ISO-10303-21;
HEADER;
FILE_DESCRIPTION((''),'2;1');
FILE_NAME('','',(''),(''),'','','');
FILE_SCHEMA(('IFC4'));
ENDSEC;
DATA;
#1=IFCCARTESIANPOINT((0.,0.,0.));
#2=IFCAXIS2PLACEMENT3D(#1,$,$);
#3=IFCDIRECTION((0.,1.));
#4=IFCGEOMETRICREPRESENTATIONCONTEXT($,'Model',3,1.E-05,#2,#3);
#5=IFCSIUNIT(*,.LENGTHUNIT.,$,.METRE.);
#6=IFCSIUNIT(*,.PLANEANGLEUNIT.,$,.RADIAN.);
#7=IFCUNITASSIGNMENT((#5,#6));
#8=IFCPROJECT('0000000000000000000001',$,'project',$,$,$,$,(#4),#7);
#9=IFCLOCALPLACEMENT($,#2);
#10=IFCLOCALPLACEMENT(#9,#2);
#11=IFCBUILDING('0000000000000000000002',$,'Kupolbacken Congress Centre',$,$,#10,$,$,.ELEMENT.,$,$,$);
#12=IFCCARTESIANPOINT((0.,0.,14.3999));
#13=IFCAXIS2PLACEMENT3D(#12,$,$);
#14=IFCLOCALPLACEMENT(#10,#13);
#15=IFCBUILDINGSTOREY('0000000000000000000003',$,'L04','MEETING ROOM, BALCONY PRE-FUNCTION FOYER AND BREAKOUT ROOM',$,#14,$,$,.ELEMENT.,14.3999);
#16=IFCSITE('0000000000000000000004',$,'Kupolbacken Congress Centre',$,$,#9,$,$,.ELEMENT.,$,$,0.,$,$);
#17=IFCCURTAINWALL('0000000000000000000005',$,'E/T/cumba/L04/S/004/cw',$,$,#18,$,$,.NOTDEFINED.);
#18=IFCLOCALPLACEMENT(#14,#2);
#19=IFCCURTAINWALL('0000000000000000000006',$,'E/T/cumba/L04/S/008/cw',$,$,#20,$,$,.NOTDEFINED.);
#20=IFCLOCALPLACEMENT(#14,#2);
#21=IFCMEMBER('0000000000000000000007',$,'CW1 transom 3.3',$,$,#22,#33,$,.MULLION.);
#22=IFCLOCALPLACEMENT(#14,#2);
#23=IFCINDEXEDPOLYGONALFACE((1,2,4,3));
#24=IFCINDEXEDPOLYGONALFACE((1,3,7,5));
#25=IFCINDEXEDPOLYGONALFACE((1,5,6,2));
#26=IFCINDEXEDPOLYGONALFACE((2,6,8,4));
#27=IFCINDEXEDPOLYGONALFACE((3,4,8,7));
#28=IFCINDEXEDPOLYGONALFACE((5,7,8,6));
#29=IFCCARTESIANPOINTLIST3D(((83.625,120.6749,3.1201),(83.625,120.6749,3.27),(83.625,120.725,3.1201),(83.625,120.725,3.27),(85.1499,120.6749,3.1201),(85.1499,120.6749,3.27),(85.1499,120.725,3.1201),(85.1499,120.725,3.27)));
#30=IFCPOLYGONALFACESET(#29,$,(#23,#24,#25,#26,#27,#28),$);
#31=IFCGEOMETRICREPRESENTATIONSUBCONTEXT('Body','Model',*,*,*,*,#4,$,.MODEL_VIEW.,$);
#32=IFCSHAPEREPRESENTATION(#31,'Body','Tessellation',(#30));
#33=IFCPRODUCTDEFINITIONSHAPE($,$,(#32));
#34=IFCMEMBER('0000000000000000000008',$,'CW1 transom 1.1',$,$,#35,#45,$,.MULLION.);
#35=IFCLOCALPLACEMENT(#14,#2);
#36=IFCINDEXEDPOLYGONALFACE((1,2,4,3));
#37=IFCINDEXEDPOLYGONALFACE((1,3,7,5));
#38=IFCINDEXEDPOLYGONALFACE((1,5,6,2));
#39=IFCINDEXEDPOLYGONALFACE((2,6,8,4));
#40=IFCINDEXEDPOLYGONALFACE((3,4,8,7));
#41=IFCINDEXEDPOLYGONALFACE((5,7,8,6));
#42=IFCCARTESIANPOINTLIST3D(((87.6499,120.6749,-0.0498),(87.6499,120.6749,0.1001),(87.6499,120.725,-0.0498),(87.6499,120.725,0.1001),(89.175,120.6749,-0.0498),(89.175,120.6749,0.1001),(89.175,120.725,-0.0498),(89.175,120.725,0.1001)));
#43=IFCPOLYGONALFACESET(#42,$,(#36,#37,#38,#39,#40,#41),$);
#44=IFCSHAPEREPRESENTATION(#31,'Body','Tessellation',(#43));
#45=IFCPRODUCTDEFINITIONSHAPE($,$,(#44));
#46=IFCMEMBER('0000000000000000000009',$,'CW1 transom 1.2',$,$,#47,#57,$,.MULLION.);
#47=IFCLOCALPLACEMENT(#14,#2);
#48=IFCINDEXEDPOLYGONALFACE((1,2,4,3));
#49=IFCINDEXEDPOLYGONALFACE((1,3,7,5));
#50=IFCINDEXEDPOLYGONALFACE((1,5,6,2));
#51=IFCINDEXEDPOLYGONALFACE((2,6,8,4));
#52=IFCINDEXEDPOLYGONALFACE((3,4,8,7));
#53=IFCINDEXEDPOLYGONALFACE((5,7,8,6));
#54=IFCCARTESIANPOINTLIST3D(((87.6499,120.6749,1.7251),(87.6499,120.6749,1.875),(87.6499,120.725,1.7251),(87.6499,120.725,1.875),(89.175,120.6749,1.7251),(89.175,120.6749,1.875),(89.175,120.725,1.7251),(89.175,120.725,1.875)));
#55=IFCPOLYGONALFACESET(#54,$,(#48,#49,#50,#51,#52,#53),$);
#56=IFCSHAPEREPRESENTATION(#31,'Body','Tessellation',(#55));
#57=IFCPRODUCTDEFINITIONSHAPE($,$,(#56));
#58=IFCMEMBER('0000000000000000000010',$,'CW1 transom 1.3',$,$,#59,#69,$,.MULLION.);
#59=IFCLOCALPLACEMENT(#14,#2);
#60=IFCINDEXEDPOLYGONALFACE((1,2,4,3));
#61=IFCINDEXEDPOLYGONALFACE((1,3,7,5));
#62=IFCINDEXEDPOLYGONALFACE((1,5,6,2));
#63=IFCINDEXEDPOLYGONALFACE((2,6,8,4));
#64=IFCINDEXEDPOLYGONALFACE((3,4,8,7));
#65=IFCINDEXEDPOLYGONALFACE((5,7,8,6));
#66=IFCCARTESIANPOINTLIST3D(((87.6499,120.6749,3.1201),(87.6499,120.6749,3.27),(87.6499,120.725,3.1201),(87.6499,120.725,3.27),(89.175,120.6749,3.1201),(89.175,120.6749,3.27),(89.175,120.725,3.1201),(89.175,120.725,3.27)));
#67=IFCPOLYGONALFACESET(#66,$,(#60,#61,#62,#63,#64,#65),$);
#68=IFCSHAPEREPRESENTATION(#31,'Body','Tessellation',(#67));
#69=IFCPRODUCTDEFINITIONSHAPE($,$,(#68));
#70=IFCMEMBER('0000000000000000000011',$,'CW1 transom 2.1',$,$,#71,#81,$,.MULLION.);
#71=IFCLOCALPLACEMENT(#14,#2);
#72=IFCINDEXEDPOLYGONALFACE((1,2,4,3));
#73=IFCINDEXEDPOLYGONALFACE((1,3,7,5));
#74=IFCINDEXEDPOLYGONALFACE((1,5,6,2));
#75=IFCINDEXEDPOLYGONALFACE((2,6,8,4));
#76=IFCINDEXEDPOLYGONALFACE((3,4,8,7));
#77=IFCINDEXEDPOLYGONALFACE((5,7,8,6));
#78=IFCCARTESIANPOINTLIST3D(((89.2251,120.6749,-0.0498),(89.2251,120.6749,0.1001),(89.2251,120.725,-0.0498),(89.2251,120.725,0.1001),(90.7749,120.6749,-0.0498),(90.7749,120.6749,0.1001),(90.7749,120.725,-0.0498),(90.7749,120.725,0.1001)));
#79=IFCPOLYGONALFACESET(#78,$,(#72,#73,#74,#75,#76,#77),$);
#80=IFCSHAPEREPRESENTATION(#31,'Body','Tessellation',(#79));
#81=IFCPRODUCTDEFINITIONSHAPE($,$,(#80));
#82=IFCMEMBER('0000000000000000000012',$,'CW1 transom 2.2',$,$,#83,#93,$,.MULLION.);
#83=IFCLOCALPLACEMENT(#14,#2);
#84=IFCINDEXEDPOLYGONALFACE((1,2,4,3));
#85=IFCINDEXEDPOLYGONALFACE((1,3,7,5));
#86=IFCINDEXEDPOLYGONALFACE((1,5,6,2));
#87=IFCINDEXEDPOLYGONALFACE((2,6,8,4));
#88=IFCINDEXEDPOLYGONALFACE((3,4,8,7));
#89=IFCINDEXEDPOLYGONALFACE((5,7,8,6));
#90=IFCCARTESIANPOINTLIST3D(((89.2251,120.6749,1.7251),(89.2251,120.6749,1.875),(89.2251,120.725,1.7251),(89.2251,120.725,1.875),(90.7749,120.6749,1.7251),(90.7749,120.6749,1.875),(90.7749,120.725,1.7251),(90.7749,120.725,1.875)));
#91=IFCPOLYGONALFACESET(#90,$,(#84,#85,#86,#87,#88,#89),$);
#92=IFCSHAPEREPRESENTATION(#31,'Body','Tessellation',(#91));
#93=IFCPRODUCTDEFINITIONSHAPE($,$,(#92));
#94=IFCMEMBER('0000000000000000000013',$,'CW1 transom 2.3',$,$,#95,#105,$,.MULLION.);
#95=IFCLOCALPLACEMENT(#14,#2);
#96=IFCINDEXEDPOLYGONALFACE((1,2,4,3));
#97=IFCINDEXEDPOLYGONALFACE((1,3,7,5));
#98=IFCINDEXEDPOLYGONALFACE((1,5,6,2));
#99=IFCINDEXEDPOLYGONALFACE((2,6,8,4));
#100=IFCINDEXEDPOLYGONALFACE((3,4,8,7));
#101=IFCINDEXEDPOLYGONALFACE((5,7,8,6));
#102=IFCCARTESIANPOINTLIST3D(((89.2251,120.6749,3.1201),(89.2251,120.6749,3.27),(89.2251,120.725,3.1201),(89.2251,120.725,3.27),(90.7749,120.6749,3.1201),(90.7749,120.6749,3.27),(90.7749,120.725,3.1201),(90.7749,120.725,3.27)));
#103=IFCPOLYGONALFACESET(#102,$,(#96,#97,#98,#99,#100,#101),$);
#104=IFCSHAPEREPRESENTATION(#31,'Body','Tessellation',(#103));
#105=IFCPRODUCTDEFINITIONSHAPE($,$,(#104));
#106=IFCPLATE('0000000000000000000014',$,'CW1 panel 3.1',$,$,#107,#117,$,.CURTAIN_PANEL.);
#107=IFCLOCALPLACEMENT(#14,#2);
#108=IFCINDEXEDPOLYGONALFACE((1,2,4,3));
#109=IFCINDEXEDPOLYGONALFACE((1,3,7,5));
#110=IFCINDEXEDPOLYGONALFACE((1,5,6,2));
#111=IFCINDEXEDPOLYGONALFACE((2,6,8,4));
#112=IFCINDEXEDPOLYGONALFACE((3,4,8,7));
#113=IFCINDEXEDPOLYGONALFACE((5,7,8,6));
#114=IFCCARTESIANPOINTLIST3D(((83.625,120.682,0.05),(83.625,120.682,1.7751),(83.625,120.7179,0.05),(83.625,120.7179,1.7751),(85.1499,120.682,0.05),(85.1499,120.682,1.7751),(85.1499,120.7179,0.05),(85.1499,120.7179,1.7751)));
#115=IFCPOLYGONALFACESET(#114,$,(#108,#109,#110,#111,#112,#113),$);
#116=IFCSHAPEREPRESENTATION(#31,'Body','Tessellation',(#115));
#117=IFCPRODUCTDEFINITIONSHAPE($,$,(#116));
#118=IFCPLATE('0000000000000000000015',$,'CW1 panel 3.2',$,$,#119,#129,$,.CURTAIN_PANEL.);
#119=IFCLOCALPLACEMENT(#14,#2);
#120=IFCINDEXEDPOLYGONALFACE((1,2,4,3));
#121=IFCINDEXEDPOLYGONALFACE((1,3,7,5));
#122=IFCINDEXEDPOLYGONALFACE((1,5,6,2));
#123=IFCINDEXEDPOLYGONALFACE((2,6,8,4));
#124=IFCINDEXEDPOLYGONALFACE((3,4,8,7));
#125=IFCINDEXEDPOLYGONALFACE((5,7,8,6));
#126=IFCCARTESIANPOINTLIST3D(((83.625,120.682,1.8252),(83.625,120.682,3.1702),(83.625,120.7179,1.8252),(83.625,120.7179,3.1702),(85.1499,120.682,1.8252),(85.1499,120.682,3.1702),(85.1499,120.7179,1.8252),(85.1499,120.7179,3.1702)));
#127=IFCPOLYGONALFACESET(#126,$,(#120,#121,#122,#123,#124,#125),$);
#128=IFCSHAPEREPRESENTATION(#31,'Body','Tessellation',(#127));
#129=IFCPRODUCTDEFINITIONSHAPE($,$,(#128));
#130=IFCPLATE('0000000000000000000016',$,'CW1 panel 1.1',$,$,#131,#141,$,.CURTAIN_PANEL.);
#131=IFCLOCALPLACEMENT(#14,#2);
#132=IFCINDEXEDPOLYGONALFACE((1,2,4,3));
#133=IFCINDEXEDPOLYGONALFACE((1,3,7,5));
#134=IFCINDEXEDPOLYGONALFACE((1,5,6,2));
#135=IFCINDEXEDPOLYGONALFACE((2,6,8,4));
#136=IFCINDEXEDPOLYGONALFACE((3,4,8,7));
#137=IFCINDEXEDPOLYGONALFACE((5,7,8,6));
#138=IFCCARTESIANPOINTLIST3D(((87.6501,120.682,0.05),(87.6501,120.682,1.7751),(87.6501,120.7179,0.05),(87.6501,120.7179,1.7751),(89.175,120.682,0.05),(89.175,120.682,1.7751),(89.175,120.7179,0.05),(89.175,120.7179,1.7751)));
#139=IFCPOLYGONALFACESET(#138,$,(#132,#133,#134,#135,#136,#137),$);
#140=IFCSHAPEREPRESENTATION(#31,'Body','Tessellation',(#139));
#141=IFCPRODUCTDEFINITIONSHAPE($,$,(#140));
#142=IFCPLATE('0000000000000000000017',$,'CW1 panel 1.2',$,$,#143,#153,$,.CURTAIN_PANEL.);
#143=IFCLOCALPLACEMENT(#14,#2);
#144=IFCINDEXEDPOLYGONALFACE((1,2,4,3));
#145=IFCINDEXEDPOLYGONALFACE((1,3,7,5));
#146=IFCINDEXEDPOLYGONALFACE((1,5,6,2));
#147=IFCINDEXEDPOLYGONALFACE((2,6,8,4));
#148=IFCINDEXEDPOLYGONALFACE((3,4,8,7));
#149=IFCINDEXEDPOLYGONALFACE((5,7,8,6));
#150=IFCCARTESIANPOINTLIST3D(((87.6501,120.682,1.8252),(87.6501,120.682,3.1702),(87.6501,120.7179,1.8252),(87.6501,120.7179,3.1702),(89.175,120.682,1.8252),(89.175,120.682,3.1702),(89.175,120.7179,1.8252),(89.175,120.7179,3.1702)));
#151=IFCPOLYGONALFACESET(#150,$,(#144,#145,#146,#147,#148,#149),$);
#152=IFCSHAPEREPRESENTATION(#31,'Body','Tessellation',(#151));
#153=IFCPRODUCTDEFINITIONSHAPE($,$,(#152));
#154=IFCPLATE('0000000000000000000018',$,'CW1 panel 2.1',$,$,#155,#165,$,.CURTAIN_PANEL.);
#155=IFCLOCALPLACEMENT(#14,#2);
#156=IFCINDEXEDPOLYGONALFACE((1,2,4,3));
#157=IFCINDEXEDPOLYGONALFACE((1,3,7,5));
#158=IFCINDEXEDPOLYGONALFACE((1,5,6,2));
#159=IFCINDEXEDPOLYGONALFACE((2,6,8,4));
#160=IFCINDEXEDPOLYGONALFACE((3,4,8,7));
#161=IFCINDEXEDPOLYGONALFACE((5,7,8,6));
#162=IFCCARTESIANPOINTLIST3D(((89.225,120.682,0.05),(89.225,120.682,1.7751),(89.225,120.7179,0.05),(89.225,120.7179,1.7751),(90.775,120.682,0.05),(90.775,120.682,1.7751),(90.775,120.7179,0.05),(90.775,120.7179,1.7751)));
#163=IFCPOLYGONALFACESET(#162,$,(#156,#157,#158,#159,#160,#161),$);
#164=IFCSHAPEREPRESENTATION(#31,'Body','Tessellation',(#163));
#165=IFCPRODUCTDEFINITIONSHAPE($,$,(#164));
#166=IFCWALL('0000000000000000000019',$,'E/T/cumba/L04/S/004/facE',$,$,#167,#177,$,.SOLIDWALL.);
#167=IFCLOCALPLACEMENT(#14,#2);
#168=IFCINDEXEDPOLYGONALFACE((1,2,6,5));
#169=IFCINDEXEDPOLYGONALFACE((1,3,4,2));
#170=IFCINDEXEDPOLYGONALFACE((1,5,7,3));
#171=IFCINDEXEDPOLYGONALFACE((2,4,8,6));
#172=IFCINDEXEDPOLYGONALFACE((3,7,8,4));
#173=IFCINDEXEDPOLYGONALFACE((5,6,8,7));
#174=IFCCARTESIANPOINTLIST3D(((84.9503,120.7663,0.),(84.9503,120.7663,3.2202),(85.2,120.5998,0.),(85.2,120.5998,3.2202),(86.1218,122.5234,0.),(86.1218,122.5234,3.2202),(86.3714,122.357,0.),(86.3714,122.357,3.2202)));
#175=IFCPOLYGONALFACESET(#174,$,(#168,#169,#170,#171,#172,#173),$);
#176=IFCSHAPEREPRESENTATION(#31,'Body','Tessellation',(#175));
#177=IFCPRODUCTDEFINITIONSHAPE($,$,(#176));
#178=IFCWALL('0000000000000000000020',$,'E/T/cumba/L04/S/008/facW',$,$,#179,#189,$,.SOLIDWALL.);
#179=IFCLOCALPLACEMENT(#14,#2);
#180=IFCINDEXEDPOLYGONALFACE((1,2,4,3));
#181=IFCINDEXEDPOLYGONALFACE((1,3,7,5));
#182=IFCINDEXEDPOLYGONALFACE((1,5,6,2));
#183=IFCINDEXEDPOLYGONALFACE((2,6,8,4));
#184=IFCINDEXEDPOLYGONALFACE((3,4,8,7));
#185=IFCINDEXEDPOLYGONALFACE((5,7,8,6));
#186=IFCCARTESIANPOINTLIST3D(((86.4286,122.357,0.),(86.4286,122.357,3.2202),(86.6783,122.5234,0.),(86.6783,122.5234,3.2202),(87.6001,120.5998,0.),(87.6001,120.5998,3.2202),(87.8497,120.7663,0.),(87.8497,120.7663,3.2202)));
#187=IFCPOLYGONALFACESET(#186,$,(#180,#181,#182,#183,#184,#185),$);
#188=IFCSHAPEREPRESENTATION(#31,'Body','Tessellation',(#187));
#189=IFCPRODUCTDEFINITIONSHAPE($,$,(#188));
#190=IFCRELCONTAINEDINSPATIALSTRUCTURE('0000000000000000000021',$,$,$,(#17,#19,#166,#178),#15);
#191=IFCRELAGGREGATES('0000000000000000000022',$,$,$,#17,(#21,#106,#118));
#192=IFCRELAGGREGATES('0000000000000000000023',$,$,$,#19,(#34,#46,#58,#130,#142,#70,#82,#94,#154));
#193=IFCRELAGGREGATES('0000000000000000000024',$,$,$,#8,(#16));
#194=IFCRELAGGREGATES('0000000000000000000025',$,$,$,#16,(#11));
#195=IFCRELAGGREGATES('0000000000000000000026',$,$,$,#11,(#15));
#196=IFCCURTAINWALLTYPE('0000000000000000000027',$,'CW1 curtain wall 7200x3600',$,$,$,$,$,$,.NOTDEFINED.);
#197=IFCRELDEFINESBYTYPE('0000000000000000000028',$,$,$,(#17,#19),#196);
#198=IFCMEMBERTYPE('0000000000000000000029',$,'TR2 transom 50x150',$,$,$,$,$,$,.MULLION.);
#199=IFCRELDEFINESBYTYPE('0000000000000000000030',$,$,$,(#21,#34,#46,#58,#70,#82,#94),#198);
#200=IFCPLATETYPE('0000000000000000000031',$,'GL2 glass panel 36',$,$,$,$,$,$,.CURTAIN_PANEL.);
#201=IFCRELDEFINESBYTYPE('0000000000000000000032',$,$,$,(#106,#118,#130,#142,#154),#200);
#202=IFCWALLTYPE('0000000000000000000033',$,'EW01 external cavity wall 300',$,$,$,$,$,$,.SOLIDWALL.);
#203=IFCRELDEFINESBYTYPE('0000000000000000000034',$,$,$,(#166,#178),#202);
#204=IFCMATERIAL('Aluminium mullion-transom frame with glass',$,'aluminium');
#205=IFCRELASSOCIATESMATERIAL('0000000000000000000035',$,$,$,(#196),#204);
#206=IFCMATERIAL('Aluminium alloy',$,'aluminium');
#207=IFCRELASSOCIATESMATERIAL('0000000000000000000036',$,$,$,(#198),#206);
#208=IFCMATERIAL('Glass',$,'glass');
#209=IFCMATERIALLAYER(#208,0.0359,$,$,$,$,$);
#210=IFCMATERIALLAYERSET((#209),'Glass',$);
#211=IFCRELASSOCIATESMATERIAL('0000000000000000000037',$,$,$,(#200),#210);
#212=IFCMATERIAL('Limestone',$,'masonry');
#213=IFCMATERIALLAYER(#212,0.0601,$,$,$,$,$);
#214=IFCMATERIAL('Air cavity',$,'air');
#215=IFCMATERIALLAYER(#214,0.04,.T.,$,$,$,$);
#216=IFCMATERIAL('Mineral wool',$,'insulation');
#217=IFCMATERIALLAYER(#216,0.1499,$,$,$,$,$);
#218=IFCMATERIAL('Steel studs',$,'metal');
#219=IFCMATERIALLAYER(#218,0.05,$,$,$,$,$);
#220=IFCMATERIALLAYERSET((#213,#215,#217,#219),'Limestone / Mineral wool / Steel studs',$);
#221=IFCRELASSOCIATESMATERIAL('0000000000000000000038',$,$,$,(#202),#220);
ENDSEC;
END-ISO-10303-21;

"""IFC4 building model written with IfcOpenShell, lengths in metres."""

from ifc_helpers import new_model, si_unit, direction, frame, frame_2d, origin, origin_2d, place, context, subcontext, project, spatial, rectangle, extrude, material, layer, layer_set, material_profile, profile_set, type_object, element, aggregate, save


model = new_model("IFC4")

# Units and contexts
model_context = context("Model", 3, precision=1e-05, world=origin(), true_north=direction((0.0, 1.0)))
body_context = subcontext(model_context, "Body", "Model", "MODEL_VIEW")
ifc_project = project(units=[si_unit("LENGTHUNIT", "METRE"), si_unit("PLANEANGLEUNIT", "RADIAN")], contexts=[model_context])

# Site, building, storey
site_placement = place(None, origin())
site = spatial("IfcSite", under=ifc_project, at=site_placement, Name="Kupolbacken Congress Centre", CompositionType="ELEMENT", RefElevation=0.0)
building_placement = place(site_placement, origin())
building = spatial("IfcBuilding", under=site, at=building_placement, Name="Kupolbacken Congress Centre", CompositionType="ELEMENT")
storey_placement = place(building_placement, frame((0.0, 0.0, 14.3999)))
storey = spatial("IfcBuildingStorey", under=building, at=storey_placement, Name="L04", Description="MEETING ROOM, BALCONY PRE-FUNCTION FOYER AND BREAKOUT ROOM", CompositionType="ELEMENT", Elevation=14.3999)

# Curtain wall
ifc_material_1 = material(Name="Aluminium mullion-transom frame with glass", Category="aluminium")
curtain_wall_type = type_object("IfcCurtainWallType", Name="CW1 curtain wall 7200x3600", PredefinedType="NOTDEFINED", material=ifc_material_1)
curtain_wall_1_placement = place(storey_placement, origin())
curtain_wall_1 = element("IfcCurtainWall", 1, at=curtain_wall_1_placement, inside=storey, type_object=curtain_wall_type, Name="E/T/cumba/L04/S/004/cw", PredefinedType="NOTDEFINED")

# Curtain wall
curtain_wall_2_placement = place(storey_placement, origin())
curtain_wall_2 = element("IfcCurtainWall", 2, at=curtain_wall_2_placement, inside=storey, type_object=curtain_wall_type, Name="E/T/cumba/L04/S/008/cw", PredefinedType="NOTDEFINED")

# Members
ifc_material_2 = material(Name="Aluminium alloy", Category="aluminium")
ifc_material_profile_1 = material_profile(ifc_material_2, rectangle(XDim=0.05, YDim=0.1499, at=origin_2d()), Name="50 x 150")
ifc_profile_set_1 = profile_set([ifc_material_profile_1], Name="Aluminium alloy")
member_type_1 = type_object("IfcMemberType", Name="TR2 transom 50x150", PredefinedType="MULLION", material=ifc_profile_set_1)
member_1_placement = place(storey_placement, frame((83.625, 120.7, 3.1951), z_axis=(1.0, 0.0, 0.0), x_axis=(0.0, 1.0, 0.0)))
member_1 = element("IfcMember", 3, at=member_1_placement, type_object=member_type_1, Name="CW1 transom 3.3", PredefinedType="MULLION", context=body_context, shape_type="SweptSolid", body=[
    extrude(rectangle(XDim=0.05, YDim=0.1499, at=origin_2d()), origin(), (0.0, 0.0, 1.0), 1.5249),
])
member_2_placement = place(storey_placement, frame((87.6499, 120.7, 0.0251), z_axis=(1.0, 0.0, 0.0), x_axis=(0.0, 1.0, 0.0)))
member_2 = element("IfcMember", 4, at=member_2_placement, type_object=member_type_1, Name="CW1 transom 1.1", PredefinedType="MULLION", context=body_context, shape_type="SweptSolid", body=[
    extrude(rectangle(XDim=0.05, YDim=0.1499, at=origin_2d()), origin(), (0.0, 0.0, 1.0), 1.5251),
])
member_3_placement = place(storey_placement, frame((87.6499, 120.7, 1.8), z_axis=(1.0, 0.0, 0.0), x_axis=(0.0, 1.0, 0.0)))
member_3 = element("IfcMember", 5, at=member_3_placement, type_object=member_type_1, Name="CW1 transom 1.2", PredefinedType="MULLION", context=body_context, shape_type="SweptSolid", body=[
    extrude(rectangle(XDim=0.05, YDim=0.1499, at=origin_2d()), origin(), (0.0, 0.0, 1.0), 1.5251),
])
member_4_placement = place(storey_placement, frame((87.6499, 120.7, 3.1951), z_axis=(1.0, 0.0, 0.0), x_axis=(0.0, 1.0, 0.0)))
member_4 = element("IfcMember", 6, at=member_4_placement, type_object=member_type_1, Name="CW1 transom 1.3", PredefinedType="MULLION", context=body_context, shape_type="SweptSolid", body=[
    extrude(rectangle(XDim=0.05, YDim=0.1499, at=origin_2d()), origin(), (0.0, 0.0, 1.0), 1.5251),
])
member_5_placement = place(storey_placement, frame((89.2251, 120.7, 0.0251), z_axis=(1.0, 0.0, 0.0), x_axis=(0.0, 1.0, 0.0)))
member_5 = element("IfcMember", 7, at=member_5_placement, type_object=member_type_1, Name="CW1 transom 2.1", PredefinedType="MULLION", context=body_context, shape_type="SweptSolid", body=[
    extrude(rectangle(XDim=0.05, YDim=0.1499, at=origin_2d()), origin(), (0.0, 0.0, 1.0), 1.5498),
])
member_6_placement = place(storey_placement, frame((89.2251, 120.7, 1.8), z_axis=(1.0, 0.0, 0.0), x_axis=(0.0, 1.0, 0.0)))
member_6 = element("IfcMember", 8, at=member_6_placement, type_object=member_type_1, Name="CW1 transom 2.2", PredefinedType="MULLION", context=body_context, shape_type="SweptSolid", body=[
    extrude(rectangle(XDim=0.05, YDim=0.1499, at=origin_2d()), origin(), (0.0, 0.0, 1.0), 1.5498),
])
member_7_placement = place(storey_placement, frame((89.2251, 120.7, 3.1951), z_axis=(1.0, 0.0, 0.0), x_axis=(0.0, 1.0, 0.0)))
member_7 = element("IfcMember", 9, at=member_7_placement, type_object=member_type_1, Name="CW1 transom 2.3", PredefinedType="MULLION", context=body_context, shape_type="SweptSolid", body=[
    extrude(rectangle(XDim=0.05, YDim=0.1499, at=origin_2d()), origin(), (0.0, 0.0, 1.0), 1.5498),
])

# Plates
ifc_material_3 = material(Name="Glass", Category="glass")
ifc_layer_1 = layer(ifc_material_3, 0.0359)
ifc_layer_set_1 = layer_set([ifc_layer_1], Name="Glass")
plate_type = type_object("IfcPlateType", Name="GL2 glass panel 36", PredefinedType="CURTAIN_PANEL", material=ifc_layer_set_1)
plate_1_placement = place(storey_placement, frame((84.3875, 120.7, 0.05), z_axis=(0.0, 0.0, 1.0), x_axis=(1.0, 0.0, 0.0)))
plate_1 = element("IfcPlate", 10, at=plate_1_placement, type_object=plate_type, Name="CW1 panel 3.1", PredefinedType="CURTAIN_PANEL", context=body_context, shape_type="SweptSolid", body=[
    extrude(rectangle(XDim=1.5249, YDim=0.0359, at=origin_2d()), origin(), (0.0, 0.0, 1.0), 1.7251),
])
plate_2_placement = place(storey_placement, frame((84.3875, 120.7, 1.8252), z_axis=(0.0, 0.0, 1.0), x_axis=(1.0, 0.0, 0.0)))
plate_2 = element("IfcPlate", 11, at=plate_2_placement, type_object=plate_type, Name="CW1 panel 3.2", PredefinedType="CURTAIN_PANEL", context=body_context, shape_type="SweptSolid", body=[
    extrude(rectangle(XDim=1.5249, YDim=0.0359, at=origin_2d()), origin(), (0.0, 0.0, 1.0), 1.345),
])
aggregate(curtain_wall_1, [member_1, plate_1, plate_2])
plate_3_placement = place(storey_placement, frame((88.4126, 120.7, 0.05), z_axis=(0.0, 0.0, 1.0), x_axis=(1.0, 0.0, 0.0)))
plate_3 = element("IfcPlate", 12, at=plate_3_placement, type_object=plate_type, Name="CW1 panel 1.1", PredefinedType="CURTAIN_PANEL", context=body_context, shape_type="SweptSolid", body=[
    extrude(rectangle(XDim=1.5249, YDim=0.0359, at=origin_2d()), origin(), (0.0, 0.0, 1.0), 1.7251),
])
plate_4_placement = place(storey_placement, frame((88.4126, 120.7, 1.8252), z_axis=(0.0, 0.0, 1.0), x_axis=(1.0, 0.0, 0.0)))
plate_4 = element("IfcPlate", 13, at=plate_4_placement, type_object=plate_type, Name="CW1 panel 1.2", PredefinedType="CURTAIN_PANEL", context=body_context, shape_type="SweptSolid", body=[
    extrude(rectangle(XDim=1.5249, YDim=0.0359, at=origin_2d()), origin(), (0.0, 0.0, 1.0), 1.345),
])
plate_5_placement = place(storey_placement, frame((90.0, 120.7, 0.05), z_axis=(0.0, 0.0, 1.0), x_axis=(1.0, 0.0, 0.0)))
plate_5 = element("IfcPlate", 14, at=plate_5_placement, type_object=plate_type, Name="CW1 panel 2.1", PredefinedType="CURTAIN_PANEL", context=body_context, shape_type="SweptSolid", body=[
    extrude(rectangle(XDim=1.55, YDim=0.0359, at=origin_2d()), origin(), (0.0, 0.0, 1.0), 1.7251),
])
aggregate(curtain_wall_2, [member_2, member_3, member_4, plate_3, plate_4, member_5, member_6, member_7, plate_5])

# Walls
ifc_material_4 = material(Name="Limestone", Category="masonry")
ifc_layer_2 = layer(ifc_material_4, 0.0601)
ifc_material_5 = material(Name="Air cavity", Category="air")
ifc_layer_3 = layer(ifc_material_5, 0.04, ventilated=True)
ifc_material_6 = material(Name="Mineral wool", Category="insulation")
ifc_layer_4 = layer(ifc_material_6, 0.1499)
ifc_material_7 = material(Name="Steel studs", Category="metal")
ifc_layer_5 = layer(ifc_material_7, 0.05)
ifc_layer_set_2 = layer_set([ifc_layer_2, ifc_layer_3, ifc_layer_4, ifc_layer_5], Name="Limestone / Mineral wool / Steel studs")
wall_type_1 = type_object("IfcWallType", Name="EW01 external cavity wall 300", PredefinedType="SOLIDWALL", material=ifc_layer_set_2)
for number, where, z_axis, x_axis, name in (
    (15, (86.2466, 122.4402, 0.0), (0.0, 0.0, 1.0), (-0.5547, -0.83205, 0.0), "E/T/cumba/L04/S/004/facE"),
    (16, (86.5535, 122.4402, 0.0), (0.0, 0.0, 1.0), (0.5547, -0.83205, 0.0), "E/T/cumba/L04/S/008/facW"),
):
    element("IfcWall", number, at=place(storey_placement, frame(where, z_axis=z_axis, x_axis=x_axis)), inside=storey, type_object=wall_type_1, Name=name, PredefinedType="SOLIDWALL", context=body_context, shape_type="SweptSolid", body=[
        extrude(rectangle(XDim=2.1118, YDim=0.3, at=frame_2d((1.0559, 0.0))), origin(), (0.0, 0.0, 1.0), 3.2202),
    ])

save(model, "model.ifc")
